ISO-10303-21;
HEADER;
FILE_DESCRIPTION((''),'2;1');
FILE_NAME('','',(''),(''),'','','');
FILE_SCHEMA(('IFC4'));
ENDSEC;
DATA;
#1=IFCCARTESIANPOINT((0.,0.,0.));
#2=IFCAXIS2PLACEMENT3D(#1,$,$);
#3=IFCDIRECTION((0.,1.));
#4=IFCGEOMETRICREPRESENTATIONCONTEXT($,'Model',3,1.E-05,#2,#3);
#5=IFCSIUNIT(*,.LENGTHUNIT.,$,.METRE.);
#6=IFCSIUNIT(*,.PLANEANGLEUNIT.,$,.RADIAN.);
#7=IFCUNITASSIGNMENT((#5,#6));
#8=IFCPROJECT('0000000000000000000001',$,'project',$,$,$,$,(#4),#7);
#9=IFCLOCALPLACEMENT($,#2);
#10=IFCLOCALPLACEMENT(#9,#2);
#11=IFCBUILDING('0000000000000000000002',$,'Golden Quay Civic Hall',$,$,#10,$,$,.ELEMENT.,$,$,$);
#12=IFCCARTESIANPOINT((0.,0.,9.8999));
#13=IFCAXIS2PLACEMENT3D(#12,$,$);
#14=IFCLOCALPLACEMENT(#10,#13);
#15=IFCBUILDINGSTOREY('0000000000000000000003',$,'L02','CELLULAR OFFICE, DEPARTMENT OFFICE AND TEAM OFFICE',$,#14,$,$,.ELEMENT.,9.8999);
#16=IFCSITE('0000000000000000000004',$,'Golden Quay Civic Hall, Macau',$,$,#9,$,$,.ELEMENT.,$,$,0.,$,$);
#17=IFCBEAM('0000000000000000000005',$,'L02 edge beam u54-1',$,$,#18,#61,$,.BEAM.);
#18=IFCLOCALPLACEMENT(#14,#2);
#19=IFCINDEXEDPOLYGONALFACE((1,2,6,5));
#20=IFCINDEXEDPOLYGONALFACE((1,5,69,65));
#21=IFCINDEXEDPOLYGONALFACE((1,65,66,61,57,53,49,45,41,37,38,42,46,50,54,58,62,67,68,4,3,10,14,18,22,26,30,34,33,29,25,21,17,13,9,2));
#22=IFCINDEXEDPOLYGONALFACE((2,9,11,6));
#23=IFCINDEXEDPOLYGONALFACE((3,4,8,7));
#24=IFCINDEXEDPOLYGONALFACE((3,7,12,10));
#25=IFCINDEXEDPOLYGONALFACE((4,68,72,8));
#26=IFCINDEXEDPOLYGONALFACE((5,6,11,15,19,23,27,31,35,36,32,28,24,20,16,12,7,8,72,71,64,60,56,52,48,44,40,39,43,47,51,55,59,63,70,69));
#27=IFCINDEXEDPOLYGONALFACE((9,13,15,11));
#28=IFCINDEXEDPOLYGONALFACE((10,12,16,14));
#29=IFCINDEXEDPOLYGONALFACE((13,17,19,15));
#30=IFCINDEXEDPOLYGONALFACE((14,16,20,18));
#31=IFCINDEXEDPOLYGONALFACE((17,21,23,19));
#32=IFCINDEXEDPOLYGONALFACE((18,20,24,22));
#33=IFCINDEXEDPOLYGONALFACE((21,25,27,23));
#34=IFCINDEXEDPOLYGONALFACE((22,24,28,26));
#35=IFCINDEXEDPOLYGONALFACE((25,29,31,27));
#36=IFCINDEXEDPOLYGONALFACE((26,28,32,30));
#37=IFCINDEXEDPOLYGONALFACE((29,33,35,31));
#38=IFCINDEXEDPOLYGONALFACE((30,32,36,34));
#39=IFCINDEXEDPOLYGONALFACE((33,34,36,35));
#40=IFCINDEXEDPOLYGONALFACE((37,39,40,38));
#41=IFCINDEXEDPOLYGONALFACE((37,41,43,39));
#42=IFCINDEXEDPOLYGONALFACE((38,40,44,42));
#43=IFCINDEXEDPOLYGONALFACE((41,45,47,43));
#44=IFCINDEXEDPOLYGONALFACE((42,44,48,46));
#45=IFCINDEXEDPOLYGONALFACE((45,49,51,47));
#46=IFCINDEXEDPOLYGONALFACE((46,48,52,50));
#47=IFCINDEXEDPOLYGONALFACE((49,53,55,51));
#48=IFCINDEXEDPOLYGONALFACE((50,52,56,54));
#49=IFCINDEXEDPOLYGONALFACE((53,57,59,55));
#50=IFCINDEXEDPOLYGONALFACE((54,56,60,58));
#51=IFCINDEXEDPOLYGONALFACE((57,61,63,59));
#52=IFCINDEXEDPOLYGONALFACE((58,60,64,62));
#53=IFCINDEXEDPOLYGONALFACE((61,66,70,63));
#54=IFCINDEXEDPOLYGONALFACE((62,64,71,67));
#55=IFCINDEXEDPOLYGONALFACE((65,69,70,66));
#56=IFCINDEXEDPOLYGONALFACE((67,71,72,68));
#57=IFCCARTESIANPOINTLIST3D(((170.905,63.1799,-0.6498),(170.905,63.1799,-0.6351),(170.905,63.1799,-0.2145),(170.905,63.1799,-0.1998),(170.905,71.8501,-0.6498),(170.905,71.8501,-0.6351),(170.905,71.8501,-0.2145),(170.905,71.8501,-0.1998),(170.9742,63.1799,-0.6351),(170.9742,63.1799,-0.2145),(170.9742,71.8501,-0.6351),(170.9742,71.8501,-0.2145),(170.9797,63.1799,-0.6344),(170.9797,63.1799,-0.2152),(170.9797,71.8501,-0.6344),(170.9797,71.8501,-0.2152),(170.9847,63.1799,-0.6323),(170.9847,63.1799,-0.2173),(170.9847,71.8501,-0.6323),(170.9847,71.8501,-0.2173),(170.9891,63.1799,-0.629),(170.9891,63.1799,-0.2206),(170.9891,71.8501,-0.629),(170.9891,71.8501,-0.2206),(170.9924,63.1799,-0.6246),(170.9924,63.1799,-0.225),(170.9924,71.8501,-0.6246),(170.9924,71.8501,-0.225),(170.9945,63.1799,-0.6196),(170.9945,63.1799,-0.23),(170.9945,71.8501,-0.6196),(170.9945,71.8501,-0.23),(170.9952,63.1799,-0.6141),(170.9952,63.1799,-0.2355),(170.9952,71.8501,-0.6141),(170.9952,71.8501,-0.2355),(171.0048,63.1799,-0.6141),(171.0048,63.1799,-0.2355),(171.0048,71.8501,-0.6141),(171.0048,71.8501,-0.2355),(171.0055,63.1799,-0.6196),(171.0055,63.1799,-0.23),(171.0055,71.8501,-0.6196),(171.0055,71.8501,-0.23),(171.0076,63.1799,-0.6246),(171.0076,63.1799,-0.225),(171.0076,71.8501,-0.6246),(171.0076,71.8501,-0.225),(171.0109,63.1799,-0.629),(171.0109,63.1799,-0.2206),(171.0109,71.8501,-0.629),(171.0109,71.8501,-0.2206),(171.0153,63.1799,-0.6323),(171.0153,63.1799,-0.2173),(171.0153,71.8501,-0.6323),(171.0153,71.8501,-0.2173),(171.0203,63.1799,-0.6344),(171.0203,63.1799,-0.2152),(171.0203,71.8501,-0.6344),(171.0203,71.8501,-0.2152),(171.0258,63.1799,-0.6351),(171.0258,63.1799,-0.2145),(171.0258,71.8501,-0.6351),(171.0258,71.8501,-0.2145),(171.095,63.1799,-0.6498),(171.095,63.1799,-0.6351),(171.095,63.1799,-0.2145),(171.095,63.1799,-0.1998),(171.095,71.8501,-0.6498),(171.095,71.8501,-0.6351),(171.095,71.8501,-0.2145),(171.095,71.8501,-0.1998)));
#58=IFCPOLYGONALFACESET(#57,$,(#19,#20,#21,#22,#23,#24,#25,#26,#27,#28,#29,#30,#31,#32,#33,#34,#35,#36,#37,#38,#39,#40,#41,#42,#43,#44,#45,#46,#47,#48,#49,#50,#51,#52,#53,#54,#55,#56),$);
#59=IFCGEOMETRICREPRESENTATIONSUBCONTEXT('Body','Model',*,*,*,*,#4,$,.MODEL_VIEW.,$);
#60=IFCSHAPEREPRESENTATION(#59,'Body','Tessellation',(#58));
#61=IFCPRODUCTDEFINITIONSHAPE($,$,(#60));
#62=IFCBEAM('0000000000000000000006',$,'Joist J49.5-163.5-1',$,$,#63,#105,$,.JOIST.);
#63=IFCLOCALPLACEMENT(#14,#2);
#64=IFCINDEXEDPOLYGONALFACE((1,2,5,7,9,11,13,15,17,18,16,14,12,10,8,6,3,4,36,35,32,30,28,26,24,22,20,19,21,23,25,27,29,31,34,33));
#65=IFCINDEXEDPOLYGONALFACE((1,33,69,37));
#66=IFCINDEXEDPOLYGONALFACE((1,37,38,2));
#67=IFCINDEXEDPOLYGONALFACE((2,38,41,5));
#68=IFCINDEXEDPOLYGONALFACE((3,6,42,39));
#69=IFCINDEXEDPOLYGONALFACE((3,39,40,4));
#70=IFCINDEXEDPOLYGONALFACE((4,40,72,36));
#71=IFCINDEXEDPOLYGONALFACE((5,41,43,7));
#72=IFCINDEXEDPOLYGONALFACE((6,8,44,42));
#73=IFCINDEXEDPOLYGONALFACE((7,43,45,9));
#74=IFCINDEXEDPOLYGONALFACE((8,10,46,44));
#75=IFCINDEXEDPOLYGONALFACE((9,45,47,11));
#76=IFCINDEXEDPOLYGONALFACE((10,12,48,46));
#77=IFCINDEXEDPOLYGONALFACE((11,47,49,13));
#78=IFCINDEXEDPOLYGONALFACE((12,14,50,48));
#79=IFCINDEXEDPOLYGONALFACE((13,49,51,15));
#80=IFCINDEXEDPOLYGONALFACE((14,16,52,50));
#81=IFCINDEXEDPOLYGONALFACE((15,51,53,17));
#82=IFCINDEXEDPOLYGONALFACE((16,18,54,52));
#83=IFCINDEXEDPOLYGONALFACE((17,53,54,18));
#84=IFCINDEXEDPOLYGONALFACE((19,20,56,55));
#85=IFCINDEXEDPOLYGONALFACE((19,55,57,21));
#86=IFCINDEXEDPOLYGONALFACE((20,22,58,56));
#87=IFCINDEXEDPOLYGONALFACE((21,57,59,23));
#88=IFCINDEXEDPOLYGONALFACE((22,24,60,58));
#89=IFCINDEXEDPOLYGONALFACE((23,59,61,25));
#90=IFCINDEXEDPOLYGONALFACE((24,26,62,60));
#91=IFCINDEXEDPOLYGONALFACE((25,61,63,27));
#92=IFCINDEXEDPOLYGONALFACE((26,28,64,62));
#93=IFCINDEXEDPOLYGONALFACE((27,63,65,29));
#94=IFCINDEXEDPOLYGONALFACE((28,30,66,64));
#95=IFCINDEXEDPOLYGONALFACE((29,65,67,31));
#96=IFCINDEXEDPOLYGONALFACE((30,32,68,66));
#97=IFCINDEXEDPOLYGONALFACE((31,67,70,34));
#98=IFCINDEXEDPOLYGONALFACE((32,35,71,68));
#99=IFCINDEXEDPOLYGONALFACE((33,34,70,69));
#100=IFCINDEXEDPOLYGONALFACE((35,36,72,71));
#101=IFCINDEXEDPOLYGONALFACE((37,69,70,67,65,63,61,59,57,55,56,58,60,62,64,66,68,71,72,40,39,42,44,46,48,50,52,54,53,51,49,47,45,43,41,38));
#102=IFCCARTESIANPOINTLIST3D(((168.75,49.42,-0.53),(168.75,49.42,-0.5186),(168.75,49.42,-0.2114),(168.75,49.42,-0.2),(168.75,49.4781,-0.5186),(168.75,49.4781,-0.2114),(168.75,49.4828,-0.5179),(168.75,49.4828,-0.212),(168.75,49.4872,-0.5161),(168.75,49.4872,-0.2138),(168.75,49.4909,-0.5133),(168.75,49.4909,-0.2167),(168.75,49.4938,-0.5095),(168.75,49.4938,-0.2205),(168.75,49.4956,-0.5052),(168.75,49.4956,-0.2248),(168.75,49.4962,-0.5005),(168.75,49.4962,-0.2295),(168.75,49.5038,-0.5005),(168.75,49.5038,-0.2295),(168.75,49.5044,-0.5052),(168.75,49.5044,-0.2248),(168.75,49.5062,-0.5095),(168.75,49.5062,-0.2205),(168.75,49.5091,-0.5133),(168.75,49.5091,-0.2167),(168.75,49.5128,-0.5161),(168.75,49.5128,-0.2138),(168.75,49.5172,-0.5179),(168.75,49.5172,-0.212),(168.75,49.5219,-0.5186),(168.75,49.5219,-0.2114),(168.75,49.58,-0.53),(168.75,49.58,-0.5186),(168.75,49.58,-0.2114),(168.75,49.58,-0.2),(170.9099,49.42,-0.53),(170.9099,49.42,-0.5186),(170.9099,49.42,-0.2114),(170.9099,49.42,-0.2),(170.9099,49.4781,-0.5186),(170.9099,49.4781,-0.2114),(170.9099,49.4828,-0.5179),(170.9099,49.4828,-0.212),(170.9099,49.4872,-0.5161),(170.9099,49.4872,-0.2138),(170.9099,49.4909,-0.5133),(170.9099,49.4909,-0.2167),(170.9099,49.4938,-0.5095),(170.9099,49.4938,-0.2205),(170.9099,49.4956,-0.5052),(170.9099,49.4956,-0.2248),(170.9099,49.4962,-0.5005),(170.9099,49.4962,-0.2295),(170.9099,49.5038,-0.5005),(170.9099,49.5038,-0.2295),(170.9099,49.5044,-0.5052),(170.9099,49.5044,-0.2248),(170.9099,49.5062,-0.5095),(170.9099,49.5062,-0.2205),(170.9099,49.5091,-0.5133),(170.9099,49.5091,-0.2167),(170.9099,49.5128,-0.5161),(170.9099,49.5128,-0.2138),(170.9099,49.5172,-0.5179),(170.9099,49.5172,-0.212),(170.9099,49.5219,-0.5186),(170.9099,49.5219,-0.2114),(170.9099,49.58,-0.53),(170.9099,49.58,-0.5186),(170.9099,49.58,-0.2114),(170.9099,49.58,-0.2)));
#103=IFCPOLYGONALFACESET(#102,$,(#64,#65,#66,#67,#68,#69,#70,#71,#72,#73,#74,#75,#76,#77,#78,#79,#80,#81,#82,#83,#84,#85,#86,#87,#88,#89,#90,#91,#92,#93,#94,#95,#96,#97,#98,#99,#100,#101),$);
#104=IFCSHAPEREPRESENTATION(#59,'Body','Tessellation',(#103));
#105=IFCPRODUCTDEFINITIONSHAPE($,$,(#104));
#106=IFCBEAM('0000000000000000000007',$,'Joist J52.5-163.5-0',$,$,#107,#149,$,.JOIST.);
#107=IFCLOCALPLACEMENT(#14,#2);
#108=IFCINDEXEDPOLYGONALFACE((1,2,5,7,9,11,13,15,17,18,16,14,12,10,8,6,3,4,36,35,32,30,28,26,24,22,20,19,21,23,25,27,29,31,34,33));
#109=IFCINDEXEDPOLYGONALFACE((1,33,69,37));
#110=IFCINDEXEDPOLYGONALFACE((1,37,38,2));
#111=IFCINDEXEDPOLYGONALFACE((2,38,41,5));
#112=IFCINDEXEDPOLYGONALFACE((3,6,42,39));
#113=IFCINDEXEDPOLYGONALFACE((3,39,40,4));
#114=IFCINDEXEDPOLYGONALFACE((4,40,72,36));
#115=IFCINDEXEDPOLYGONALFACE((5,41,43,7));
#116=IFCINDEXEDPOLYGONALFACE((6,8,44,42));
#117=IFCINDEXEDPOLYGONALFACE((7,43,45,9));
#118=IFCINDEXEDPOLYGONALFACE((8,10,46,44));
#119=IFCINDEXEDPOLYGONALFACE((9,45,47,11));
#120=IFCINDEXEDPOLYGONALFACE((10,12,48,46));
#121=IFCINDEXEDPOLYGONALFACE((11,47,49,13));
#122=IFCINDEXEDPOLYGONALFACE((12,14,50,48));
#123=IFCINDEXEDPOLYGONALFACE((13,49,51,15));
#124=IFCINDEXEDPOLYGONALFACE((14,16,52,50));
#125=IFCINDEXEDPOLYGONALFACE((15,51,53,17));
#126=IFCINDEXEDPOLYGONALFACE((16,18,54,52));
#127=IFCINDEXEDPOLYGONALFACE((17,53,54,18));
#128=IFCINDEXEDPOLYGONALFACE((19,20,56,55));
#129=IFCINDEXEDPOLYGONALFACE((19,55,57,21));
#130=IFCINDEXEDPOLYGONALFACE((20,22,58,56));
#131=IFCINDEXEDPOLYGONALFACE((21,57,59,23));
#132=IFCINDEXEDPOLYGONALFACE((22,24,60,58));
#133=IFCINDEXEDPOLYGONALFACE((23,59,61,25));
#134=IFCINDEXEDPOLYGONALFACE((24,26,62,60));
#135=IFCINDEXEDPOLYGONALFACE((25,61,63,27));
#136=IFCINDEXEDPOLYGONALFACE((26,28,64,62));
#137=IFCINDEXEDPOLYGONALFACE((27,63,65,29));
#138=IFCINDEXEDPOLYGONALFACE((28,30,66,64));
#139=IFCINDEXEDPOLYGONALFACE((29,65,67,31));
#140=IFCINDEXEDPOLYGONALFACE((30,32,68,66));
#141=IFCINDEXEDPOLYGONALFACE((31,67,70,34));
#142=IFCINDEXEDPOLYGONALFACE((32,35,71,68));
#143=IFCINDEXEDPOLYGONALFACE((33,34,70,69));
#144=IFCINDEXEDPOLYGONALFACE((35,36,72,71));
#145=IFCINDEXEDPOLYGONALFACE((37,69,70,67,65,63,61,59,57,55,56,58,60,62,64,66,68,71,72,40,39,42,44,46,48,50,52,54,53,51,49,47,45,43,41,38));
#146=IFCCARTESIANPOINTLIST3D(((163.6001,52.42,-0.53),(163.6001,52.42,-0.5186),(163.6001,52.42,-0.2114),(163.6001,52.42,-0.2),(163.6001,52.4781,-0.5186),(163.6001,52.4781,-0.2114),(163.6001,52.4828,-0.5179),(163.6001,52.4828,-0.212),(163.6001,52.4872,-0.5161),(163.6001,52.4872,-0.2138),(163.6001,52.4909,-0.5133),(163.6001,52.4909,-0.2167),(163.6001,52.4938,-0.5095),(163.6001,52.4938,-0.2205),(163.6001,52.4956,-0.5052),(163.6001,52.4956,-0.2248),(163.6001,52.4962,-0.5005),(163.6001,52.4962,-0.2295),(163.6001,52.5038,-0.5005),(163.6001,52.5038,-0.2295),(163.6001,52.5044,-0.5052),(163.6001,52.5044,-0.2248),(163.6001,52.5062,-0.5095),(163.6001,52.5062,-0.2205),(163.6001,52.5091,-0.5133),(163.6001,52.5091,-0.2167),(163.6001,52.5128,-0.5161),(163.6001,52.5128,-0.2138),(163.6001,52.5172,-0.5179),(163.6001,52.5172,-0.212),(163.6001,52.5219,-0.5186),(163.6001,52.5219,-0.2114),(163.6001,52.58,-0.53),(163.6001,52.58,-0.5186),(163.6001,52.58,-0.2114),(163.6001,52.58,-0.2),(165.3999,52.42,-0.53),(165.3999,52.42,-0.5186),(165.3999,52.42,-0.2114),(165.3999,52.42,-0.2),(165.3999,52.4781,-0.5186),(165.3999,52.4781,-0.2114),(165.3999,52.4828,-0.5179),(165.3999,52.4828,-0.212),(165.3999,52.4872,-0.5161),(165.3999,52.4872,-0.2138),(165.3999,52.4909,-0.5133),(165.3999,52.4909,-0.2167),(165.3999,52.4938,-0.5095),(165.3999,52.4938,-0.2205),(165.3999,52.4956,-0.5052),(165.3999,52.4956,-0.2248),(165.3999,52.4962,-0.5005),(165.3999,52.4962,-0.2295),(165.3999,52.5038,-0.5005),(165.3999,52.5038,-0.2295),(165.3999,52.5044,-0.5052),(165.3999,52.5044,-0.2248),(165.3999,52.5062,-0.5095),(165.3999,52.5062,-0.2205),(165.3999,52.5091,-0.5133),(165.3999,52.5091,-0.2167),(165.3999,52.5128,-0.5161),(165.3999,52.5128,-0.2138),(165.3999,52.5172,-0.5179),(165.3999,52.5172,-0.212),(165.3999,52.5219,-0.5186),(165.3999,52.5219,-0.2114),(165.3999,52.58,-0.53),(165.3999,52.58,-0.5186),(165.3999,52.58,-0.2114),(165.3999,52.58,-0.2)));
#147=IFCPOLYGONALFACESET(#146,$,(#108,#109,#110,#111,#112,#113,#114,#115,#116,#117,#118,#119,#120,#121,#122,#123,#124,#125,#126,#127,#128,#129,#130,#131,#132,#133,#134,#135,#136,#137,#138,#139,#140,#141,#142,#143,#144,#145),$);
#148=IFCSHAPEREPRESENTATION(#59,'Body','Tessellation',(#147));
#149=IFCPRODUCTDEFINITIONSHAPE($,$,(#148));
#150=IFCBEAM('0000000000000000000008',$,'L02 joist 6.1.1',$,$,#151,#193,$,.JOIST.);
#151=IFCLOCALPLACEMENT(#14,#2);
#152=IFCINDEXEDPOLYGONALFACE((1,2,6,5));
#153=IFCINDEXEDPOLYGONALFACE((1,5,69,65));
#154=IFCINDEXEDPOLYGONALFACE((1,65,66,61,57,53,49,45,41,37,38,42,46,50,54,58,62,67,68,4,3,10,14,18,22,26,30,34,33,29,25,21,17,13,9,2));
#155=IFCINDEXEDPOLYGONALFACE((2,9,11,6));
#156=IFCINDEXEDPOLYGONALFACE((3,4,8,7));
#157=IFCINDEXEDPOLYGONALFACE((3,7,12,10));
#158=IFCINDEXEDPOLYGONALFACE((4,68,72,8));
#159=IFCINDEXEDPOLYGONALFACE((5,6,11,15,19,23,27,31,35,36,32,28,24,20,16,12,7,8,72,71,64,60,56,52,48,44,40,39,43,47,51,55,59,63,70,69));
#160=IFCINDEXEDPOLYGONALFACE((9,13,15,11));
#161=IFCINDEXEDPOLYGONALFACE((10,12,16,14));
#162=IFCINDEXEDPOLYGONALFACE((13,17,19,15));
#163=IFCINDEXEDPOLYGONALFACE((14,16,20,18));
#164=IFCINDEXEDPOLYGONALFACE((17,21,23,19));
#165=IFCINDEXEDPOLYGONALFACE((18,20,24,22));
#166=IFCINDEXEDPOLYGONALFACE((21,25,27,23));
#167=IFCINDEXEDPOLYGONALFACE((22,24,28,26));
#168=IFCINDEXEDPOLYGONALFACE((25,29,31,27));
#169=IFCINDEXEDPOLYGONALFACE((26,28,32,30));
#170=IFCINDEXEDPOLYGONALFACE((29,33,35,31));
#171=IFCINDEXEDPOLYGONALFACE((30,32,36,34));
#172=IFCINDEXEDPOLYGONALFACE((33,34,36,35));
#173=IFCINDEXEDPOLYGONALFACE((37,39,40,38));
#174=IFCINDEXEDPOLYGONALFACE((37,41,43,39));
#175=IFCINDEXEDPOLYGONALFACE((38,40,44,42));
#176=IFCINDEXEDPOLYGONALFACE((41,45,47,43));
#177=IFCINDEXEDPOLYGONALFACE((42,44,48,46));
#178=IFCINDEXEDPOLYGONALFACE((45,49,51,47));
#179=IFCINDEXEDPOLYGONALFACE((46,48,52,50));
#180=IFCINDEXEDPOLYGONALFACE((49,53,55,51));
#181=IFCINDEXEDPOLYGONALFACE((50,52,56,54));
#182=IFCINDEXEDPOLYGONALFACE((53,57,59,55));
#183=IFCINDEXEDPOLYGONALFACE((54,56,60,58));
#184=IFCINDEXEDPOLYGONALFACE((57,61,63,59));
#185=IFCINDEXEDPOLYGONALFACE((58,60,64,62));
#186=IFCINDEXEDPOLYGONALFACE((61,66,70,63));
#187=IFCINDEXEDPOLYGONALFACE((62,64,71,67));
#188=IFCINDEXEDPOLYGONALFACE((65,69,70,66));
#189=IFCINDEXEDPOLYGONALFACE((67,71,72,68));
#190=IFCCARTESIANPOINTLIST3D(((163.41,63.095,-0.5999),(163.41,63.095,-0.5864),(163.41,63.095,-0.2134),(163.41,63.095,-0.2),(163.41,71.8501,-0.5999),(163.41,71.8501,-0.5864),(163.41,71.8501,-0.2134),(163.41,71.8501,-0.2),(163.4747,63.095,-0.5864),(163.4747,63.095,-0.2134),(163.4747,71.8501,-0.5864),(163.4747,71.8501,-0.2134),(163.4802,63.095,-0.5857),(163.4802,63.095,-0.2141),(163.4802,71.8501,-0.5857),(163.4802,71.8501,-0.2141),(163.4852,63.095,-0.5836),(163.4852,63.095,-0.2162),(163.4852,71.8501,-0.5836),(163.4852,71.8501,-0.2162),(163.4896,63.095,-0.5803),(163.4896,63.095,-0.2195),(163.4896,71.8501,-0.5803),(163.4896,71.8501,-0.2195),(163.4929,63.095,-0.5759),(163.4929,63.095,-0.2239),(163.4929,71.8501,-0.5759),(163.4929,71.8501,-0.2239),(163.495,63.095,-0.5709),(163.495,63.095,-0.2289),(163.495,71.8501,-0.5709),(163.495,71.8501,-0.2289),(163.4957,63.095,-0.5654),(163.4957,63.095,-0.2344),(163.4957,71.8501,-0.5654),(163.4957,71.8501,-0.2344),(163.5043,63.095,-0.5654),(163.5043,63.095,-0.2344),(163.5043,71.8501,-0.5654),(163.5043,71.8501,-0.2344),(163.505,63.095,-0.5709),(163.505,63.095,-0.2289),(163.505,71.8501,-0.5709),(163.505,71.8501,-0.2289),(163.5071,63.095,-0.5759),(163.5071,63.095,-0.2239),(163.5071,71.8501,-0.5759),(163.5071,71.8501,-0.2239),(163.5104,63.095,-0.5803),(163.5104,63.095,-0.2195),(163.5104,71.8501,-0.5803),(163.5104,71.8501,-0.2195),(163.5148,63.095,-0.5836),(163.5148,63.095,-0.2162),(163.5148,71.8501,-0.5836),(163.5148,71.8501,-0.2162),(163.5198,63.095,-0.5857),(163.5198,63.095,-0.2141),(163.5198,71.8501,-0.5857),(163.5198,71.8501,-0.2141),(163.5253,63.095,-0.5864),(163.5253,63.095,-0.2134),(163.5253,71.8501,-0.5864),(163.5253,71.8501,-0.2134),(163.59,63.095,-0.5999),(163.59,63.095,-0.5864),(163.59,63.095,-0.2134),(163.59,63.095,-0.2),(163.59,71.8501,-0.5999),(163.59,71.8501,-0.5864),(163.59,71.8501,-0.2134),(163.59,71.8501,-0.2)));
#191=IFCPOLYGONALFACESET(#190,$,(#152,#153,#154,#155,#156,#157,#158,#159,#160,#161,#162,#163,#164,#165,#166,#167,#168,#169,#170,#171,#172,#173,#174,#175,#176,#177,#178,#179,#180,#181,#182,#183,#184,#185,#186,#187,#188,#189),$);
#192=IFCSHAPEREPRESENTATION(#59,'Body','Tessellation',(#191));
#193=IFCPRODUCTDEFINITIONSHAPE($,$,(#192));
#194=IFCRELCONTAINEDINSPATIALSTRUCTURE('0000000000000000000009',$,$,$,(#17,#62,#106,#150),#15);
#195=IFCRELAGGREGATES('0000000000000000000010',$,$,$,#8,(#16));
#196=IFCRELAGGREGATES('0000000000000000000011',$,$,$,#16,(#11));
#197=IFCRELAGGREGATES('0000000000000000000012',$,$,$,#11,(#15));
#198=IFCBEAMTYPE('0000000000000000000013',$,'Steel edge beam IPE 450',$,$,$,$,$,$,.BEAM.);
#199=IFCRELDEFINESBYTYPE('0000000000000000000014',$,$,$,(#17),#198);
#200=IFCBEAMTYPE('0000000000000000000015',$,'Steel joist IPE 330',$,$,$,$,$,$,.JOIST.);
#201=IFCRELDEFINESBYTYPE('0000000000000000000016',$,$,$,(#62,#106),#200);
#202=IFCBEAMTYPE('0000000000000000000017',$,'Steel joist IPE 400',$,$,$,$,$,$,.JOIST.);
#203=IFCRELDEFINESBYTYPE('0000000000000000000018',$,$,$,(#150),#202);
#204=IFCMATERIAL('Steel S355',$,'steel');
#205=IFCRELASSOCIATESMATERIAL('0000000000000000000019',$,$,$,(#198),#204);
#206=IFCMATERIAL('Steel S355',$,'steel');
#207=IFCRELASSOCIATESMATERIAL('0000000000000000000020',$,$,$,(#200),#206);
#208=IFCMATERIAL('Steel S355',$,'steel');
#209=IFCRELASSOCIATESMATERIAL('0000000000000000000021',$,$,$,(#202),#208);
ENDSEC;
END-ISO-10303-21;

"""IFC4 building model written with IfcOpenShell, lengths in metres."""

from ifc_helpers import new_model, si_unit, direction, frame, origin, origin_2d, place, context, subcontext, project, spatial, i_section, extrude, material, material_profile, profile_set, type_object, element, save


model = new_model("IFC4")

# Units and contexts
model_context = context("Model", 3, precision=1e-05, world=origin(), true_north=direction((0.0, 1.0)))
body_context = subcontext(model_context, "Body", "Model", "MODEL_VIEW")
ifc_project = project(units=[si_unit("LENGTHUNIT", "METRE"), si_unit("PLANEANGLEUNIT", "RADIAN")], contexts=[model_context])

# Site, building, storey
site_placement = place(None, origin())
site = spatial("IfcSite", under=ifc_project, at=site_placement, Name="Golden Quay Civic Hall, Macau", CompositionType="ELEMENT", RefElevation=0.0)
building_placement = place(site_placement, origin())
building = spatial("IfcBuilding", under=site, at=building_placement, Name="Golden Quay Civic Hall", CompositionType="ELEMENT")
storey_placement = place(building_placement, frame((0.0, 0.0, 9.8999)))
storey = spatial("IfcBuildingStorey", under=building, at=storey_placement, Name="L02", Description="CELLULAR OFFICE, DEPARTMENT OFFICE AND TEAM OFFICE", CompositionType="ELEMENT", Elevation=9.8999)

# Beams
ifc_material_1 = material(Name="Steel S355", Category="steel")
ifc_material_profile_1 = material_profile(ifc_material_1, i_section(OverallWidth=0.1899, OverallDepth=0.45, WebThickness=0.0095, FlangeThickness=0.0146, FilletRadius=0.021, at=origin_2d()), Name="IPE 450")
ifc_profile_set_1 = profile_set([ifc_material_profile_1], Name="Steel S355")
beam_type_1 = type_object("IfcBeamType", Name="Steel edge beam IPE 450", PredefinedType="BEAM", material=ifc_profile_set_1)
beam_1_placement = place(storey_placement, frame((171.0, 63.1799, -0.4248), z_axis=(0.0, 1.0, 0.0), x_axis=(-1.0, 0.0, 0.0)))
element("IfcBeam", 1, at=beam_1_placement, inside=storey, type_object=beam_type_1, Name="L02 edge beam u54-1", PredefinedType="BEAM", context=body_context, shape_type="SweptSolid", body=[
    extrude(i_section(OverallWidth=0.1899, OverallDepth=0.45, WebThickness=0.0095, FlangeThickness=0.0146, FilletRadius=0.021, at=origin_2d()), origin(), (0.0, 0.0, 1.0), 8.6702),
])
ifc_material_2 = material(Name="Steel S355", Category="steel")
ifc_material_profile_2 = material_profile(ifc_material_2, i_section(OverallWidth=0.1599, OverallDepth=0.3301, WebThickness=0.0076, FlangeThickness=0.0115, FilletRadius=0.0181, at=origin_2d()), Name="IPE 330")
ifc_profile_set_2 = profile_set([ifc_material_profile_2], Name="Steel S355")
beam_type_2 = type_object("IfcBeamType", Name="Steel joist IPE 330", PredefinedType="JOIST", material=ifc_profile_set_2)
beam_2_placement = place(storey_placement, frame((168.75, 49.5, -0.365), z_axis=(1.0, 0.0, 0.0), x_axis=(0.0, 1.0, 0.0)))
element("IfcBeam", 2, at=beam_2_placement, inside=storey, type_object=beam_type_2, Name="Joist J49.5-163.5-1", PredefinedType="JOIST", context=body_context, shape_type="SweptSolid", body=[
    extrude(i_section(OverallWidth=0.1599, OverallDepth=0.3301, WebThickness=0.0076, FlangeThickness=0.0115, FilletRadius=0.0181, at=origin_2d()), origin(), (0.0, 0.0, 1.0), 2.1599),
])
beam_3_placement = place(storey_placement, frame((163.6001, 52.5, -0.365), z_axis=(1.0, 0.0, 0.0), x_axis=(0.0, 1.0, 0.0)))
element("IfcBeam", 3, at=beam_3_placement, inside=storey, type_object=beam_type_2, Name="Joist J52.5-163.5-0", PredefinedType="JOIST", context=body_context, shape_type="SweptSolid", body=[
    extrude(i_section(OverallWidth=0.1599, OverallDepth=0.3301, WebThickness=0.0076, FlangeThickness=0.0115, FilletRadius=0.0181, at=origin_2d()), origin(), (0.0, 0.0, 1.0), 1.7998),
])
ifc_material_3 = material(Name="Steel S355", Category="steel")
ifc_material_profile_3 = material_profile(ifc_material_3, i_section(OverallWidth=0.1799, OverallDepth=0.3999, WebThickness=0.0085, FlangeThickness=0.0134, FilletRadius=0.021, at=origin_2d()), Name="IPE 400")
ifc_profile_set_3 = profile_set([ifc_material_profile_3], Name="Steel S355")
beam_type_3 = type_object("IfcBeamType", Name="Steel joist IPE 400", PredefinedType="JOIST", material=ifc_profile_set_3)
for number, where, z_axis, x_axis, name in (
    (4, (163.5, 63.095, -0.3999), (0.0, 1.0, 0.0), (-1.0, 0.0, 0.0), "L02 joist 6.1.1"),
):
    element("IfcBeam", number, at=place(storey_placement, frame(where, z_axis=z_axis, x_axis=x_axis)), inside=storey, type_object=beam_type_3, Name=name, PredefinedType="JOIST", context=body_context, shape_type="SweptSolid", body=[
        extrude(i_section(OverallWidth=0.1799, OverallDepth=0.3999, WebThickness=0.0085, FlangeThickness=0.0134, FilletRadius=0.021, at=origin_2d()), origin(), (0.0, 0.0, 1.0), 8.7551),
    ])

save(model, "model.ifc")
